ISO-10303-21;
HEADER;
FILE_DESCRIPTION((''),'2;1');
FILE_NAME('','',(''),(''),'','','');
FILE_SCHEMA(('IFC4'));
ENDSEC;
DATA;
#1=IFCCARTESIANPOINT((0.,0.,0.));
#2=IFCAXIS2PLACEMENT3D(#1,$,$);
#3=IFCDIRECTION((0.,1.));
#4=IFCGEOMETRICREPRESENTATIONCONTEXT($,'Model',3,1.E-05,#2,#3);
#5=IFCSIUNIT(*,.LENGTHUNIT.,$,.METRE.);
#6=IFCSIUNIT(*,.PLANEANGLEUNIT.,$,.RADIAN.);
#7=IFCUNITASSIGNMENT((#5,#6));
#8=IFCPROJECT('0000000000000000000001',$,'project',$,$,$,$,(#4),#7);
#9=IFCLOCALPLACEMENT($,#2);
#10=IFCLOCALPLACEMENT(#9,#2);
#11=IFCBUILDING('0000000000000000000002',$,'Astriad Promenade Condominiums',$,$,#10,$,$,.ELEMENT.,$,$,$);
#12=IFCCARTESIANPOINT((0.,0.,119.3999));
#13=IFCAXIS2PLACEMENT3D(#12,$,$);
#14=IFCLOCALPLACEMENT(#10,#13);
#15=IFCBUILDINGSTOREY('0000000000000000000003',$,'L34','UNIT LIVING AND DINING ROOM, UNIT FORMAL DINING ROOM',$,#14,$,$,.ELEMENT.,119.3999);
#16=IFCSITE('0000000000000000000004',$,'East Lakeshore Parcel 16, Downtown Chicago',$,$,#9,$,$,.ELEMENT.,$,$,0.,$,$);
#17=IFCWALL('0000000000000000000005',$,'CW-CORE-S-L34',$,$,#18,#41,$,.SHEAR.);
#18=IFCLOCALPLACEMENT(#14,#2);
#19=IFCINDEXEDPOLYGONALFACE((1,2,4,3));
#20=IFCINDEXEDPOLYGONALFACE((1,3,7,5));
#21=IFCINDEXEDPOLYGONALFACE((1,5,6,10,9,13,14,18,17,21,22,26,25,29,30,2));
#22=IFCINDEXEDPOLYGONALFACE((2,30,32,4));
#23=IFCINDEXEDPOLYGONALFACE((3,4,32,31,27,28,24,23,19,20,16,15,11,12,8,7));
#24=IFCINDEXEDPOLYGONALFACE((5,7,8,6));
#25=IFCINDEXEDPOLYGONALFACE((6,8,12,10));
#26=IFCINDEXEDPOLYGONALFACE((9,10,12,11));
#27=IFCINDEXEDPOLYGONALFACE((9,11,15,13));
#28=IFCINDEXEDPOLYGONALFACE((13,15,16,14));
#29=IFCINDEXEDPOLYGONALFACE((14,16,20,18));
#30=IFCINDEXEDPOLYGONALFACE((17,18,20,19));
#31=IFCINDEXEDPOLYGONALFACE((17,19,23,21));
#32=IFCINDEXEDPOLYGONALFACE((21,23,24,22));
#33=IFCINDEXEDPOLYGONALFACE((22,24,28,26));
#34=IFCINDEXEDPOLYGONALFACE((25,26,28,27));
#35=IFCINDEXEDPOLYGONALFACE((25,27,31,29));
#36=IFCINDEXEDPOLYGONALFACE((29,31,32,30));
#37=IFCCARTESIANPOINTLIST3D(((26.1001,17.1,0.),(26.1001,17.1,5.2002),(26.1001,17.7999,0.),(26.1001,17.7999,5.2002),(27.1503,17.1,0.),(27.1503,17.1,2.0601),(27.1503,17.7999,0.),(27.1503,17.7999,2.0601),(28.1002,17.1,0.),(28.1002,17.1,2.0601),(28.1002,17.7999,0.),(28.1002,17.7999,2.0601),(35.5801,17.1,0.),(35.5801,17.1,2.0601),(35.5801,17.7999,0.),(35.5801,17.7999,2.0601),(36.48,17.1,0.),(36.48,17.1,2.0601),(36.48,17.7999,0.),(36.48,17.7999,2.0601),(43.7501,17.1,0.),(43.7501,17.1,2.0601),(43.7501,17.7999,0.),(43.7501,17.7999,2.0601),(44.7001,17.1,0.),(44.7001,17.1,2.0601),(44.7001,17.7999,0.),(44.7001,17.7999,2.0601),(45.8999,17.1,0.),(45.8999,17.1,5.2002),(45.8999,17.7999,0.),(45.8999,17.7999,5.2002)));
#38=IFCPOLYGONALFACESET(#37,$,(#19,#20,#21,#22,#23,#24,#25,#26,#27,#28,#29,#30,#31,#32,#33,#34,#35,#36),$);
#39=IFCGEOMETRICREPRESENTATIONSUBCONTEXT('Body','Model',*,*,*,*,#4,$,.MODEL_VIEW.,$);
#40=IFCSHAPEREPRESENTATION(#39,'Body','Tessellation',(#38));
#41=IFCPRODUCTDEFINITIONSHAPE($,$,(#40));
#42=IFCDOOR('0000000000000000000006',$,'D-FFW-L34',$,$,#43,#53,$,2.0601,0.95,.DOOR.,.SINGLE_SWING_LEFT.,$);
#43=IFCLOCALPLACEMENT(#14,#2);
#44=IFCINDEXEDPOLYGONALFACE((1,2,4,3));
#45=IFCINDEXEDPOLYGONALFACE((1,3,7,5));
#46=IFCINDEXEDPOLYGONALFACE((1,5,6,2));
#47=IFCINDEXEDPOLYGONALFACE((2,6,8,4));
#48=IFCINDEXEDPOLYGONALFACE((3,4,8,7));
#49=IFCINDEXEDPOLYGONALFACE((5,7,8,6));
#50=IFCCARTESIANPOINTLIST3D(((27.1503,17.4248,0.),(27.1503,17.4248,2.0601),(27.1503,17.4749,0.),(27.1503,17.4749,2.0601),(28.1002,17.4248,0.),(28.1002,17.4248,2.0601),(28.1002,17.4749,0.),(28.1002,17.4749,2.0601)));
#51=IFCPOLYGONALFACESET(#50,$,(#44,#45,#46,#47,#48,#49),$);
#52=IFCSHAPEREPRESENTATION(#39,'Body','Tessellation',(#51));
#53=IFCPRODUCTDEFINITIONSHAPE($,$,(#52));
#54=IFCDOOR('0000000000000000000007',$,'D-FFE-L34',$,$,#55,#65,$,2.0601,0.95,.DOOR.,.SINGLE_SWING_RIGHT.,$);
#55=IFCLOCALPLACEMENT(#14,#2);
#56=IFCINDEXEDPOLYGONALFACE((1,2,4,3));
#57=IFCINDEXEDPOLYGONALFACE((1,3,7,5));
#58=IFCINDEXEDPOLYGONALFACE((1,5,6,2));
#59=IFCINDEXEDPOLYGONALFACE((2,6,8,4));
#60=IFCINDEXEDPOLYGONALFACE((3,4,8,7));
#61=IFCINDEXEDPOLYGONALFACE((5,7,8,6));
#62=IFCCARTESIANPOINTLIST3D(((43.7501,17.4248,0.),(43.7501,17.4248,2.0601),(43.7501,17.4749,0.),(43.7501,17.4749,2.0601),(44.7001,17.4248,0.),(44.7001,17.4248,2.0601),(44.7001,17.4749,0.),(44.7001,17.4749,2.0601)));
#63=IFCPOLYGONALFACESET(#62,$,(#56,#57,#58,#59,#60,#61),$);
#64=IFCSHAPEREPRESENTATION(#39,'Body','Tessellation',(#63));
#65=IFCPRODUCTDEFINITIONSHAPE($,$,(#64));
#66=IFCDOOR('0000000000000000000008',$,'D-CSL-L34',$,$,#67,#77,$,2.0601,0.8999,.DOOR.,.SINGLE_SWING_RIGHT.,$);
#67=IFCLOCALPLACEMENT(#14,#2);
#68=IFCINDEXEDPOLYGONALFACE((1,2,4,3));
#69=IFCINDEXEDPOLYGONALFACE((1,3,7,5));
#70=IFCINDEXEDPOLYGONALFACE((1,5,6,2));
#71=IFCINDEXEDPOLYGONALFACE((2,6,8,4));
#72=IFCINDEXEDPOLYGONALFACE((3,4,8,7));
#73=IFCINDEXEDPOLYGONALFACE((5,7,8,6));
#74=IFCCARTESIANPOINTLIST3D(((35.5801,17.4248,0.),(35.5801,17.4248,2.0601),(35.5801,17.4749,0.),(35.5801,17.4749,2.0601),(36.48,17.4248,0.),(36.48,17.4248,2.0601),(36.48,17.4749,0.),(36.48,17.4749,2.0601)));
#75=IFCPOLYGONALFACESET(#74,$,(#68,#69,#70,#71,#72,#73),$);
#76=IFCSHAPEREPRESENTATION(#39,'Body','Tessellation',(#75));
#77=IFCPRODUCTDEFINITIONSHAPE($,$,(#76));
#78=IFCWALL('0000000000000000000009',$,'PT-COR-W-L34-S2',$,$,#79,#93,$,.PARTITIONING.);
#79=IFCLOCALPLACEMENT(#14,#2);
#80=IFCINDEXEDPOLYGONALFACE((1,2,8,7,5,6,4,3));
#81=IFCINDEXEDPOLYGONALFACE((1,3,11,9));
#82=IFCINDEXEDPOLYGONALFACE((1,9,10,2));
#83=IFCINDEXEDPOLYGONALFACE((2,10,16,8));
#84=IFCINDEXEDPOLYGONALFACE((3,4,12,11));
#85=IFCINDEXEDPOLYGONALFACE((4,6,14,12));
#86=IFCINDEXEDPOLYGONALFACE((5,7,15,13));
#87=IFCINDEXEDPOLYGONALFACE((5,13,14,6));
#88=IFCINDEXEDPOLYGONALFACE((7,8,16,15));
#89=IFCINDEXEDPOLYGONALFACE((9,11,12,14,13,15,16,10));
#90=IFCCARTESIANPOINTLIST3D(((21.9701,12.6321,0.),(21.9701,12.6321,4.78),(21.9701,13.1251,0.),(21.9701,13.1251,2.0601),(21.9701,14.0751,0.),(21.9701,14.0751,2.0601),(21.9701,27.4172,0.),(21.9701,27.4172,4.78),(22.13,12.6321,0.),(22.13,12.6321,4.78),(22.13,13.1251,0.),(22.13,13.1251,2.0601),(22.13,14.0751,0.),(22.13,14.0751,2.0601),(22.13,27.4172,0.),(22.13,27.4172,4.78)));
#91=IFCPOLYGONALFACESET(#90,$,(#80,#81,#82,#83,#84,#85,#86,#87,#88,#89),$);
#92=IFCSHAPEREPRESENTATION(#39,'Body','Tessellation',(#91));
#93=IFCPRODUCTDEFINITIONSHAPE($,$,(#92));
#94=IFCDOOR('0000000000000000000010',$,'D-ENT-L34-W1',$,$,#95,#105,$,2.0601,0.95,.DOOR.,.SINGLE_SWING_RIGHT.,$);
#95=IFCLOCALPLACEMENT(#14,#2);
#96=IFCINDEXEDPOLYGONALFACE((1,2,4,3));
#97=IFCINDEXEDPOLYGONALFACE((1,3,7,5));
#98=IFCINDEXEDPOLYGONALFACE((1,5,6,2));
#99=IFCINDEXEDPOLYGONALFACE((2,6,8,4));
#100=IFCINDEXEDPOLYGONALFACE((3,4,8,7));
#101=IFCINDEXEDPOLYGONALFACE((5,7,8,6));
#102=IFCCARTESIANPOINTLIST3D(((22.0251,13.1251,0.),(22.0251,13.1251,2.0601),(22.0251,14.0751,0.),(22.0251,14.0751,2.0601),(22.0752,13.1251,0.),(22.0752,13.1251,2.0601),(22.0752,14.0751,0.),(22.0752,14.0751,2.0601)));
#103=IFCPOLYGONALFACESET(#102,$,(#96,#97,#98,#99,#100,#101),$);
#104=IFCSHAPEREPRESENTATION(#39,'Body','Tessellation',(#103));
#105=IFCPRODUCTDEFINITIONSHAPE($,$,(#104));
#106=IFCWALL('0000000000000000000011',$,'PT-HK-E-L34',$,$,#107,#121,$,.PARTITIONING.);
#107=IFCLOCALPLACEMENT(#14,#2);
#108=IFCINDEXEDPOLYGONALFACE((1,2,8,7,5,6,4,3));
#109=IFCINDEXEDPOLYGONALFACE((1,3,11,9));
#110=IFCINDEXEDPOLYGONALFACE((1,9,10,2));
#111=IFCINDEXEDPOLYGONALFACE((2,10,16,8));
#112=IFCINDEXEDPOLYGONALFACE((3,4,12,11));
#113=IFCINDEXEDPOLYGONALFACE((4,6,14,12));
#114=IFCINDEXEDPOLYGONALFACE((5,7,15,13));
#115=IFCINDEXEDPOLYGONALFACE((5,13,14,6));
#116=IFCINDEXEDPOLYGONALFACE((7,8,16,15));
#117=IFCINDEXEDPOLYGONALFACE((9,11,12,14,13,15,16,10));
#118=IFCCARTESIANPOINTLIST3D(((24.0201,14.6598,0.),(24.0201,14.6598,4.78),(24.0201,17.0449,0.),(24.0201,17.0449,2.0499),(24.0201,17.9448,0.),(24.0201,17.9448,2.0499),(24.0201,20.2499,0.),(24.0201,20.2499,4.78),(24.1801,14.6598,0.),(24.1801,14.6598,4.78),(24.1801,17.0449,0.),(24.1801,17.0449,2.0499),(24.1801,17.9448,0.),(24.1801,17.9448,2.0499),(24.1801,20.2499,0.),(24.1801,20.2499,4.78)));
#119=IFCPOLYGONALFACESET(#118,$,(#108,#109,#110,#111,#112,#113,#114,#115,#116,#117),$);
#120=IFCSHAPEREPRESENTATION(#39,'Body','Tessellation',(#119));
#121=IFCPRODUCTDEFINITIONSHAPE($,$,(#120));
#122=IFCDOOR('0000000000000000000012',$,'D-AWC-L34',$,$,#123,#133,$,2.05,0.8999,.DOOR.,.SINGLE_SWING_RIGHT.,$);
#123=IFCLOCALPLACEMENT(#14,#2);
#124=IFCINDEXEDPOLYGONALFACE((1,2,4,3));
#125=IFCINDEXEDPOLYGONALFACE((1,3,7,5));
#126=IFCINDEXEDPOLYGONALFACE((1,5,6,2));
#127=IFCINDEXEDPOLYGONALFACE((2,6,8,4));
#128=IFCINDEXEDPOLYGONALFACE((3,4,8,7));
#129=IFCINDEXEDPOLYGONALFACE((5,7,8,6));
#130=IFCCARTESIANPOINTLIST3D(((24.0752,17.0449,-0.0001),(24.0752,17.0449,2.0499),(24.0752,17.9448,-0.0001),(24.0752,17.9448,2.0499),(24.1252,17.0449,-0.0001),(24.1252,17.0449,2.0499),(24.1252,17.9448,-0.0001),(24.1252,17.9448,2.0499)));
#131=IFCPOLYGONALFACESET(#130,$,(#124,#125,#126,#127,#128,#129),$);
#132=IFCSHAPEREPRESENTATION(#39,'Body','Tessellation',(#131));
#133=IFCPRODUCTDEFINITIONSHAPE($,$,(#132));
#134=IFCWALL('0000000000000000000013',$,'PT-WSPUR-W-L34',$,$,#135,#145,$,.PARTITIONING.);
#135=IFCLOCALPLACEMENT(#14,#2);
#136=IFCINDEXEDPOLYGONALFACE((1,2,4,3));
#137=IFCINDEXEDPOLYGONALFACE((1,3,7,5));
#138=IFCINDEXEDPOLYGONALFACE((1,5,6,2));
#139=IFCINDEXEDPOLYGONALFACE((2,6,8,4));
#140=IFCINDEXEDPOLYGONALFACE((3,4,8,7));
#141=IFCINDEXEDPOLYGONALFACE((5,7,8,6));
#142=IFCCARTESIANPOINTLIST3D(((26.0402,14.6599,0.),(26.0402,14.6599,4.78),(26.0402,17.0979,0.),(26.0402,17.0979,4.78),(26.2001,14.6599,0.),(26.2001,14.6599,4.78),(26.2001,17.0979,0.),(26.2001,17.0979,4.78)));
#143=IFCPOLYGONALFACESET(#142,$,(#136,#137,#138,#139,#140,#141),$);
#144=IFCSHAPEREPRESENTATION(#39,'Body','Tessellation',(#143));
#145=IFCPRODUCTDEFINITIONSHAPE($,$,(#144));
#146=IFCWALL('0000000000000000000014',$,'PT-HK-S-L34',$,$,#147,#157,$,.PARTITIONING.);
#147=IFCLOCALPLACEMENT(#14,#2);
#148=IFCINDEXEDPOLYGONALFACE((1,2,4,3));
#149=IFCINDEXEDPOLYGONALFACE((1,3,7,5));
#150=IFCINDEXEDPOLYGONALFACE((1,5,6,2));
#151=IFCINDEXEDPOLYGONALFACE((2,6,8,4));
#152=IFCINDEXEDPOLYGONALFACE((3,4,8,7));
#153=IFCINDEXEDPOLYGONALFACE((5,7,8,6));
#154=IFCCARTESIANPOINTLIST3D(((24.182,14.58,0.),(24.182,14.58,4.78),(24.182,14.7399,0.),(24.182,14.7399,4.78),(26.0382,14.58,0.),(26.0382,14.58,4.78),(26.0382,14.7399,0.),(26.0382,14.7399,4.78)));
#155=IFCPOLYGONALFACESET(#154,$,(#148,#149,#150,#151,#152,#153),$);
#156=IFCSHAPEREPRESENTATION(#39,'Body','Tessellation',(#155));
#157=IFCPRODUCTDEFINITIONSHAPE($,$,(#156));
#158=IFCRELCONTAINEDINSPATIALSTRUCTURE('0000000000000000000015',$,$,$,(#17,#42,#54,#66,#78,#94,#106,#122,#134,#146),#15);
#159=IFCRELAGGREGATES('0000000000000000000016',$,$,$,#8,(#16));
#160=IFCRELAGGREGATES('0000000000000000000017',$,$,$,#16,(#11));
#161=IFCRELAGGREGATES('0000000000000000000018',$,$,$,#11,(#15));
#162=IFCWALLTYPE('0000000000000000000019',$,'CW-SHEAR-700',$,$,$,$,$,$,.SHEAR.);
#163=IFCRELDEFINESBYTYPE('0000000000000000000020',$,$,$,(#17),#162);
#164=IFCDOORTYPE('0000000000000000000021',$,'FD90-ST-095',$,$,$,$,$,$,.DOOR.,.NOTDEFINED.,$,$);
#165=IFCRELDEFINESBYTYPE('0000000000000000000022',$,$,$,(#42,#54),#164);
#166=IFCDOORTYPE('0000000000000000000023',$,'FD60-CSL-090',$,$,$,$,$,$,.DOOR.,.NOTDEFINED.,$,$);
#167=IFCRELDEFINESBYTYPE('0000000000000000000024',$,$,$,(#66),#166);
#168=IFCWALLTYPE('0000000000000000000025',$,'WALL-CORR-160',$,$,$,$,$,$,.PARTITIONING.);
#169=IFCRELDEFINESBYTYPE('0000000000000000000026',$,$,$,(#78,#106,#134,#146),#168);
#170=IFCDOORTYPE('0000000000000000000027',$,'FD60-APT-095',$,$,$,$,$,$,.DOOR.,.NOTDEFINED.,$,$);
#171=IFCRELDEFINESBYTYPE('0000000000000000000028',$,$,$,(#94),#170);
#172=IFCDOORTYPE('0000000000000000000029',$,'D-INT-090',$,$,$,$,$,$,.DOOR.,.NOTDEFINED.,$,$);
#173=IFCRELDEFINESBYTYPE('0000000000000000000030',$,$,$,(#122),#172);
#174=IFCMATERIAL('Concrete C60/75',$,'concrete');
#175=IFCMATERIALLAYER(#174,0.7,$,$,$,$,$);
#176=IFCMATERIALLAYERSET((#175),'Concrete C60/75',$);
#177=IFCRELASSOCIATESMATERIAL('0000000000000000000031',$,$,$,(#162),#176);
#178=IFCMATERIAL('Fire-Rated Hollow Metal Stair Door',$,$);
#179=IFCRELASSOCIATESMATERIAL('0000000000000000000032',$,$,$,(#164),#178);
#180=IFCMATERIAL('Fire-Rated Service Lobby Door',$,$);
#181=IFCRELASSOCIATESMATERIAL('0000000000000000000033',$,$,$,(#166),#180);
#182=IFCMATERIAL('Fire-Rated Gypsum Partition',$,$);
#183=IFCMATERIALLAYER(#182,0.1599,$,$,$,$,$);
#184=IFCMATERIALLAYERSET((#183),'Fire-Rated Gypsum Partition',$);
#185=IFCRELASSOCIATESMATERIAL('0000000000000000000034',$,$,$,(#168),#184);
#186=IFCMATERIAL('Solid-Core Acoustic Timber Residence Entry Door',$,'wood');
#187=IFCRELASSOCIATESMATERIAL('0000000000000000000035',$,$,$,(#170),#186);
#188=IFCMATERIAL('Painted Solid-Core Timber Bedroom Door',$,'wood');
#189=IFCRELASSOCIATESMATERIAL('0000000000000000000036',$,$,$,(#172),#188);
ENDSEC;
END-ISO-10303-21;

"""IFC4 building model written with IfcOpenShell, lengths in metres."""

from ifc_helpers import new_model, si_unit, direction, frame, frame_2d, origin, place, context, subcontext, project, spatial, rectangle, extrude, source, transform, mapped, material, layer, layer_set, type_object, type_shapes, element, fill, save


model = new_model("IFC4")

# Units and contexts
model_context = context("Model", 3, precision=1e-05, world=origin(), true_north=direction((0.0, 1.0)))
body_context = subcontext(model_context, "Body", "Model", "MODEL_VIEW")
ifc_project = project(units=[si_unit("LENGTHUNIT", "METRE"), si_unit("PLANEANGLEUNIT", "RADIAN")], contexts=[model_context])

# Site, building, storey
site_placement = place(None, origin())
site = spatial("IfcSite", under=ifc_project, at=site_placement, Name="East Lakeshore Parcel 16, Downtown Chicago", CompositionType="ELEMENT", RefElevation=0.0)
building_placement = place(site_placement, origin())
building = spatial("IfcBuilding", under=site, at=building_placement, Name="Astriad Promenade Condominiums", CompositionType="ELEMENT")
storey_placement = place(building_placement, frame((0.0, 0.0, 119.3999)))
storey = spatial("IfcBuildingStorey", under=building, at=storey_placement, Name="L34", Description="UNIT LIVING AND DINING ROOM, UNIT FORMAL DINING ROOM", CompositionType="ELEMENT", Elevation=119.3999)

# Wall, openings, doors
ifc_material_1 = material(Name="Concrete C60/75", Category="concrete")
ifc_layer_1 = layer(ifc_material_1, 0.7)
ifc_layer_set_1 = layer_set([ifc_layer_1], Name="Concrete C60/75")
wall_type_1 = type_object("IfcWallType", Name="CW-SHEAR-700", PredefinedType="SHEAR", material=ifc_layer_set_1)
wall_1_placement = place(storey_placement, frame((26.1001, 17.45, 0.0), z_axis=(0.0, 0.0, 1.0), x_axis=(1.0, 0.0, 0.0)))
wall_1 = element("IfcWall", 1, at=wall_1_placement, inside=storey, type_object=wall_type_1, Name="CW-CORE-S-L34", PredefinedType="SHEAR", context=body_context, shape_type="SweptSolid", body=[
    extrude(rectangle(XDim=19.7998, YDim=0.7, at=frame_2d((9.8999, 0.0))), origin(), (0.0, 0.0, 1.0), 5.2002),
])
opening_1_placement = place(wall_1_placement, frame((1.05, 0.0, 0.0)))
opening_1 = element("IfcOpeningElement", 2, at=opening_1_placement, cuts=wall_1, PredefinedType="OPENING", context=body_context, shape_type="SweptSolid", body=[
    extrude(rectangle(XDim=0.95, YDim=2.0601, at=frame_2d((0.4751, 1.03))), frame((0.0, 0.3599, 0.0), z_axis=(0.0, -1.0, 0.0), x_axis=(1.0, 0.0, 0.0)), (0.0, 0.0, 1.0), 0.72),
])
opening_2_placement = place(wall_1_placement, frame((9.48, 0.0, 0.0)))
opening_2 = element("IfcOpeningElement", 3, at=opening_2_placement, cuts=wall_1, PredefinedType="OPENING", context=body_context, shape_type="SweptSolid", body=[
    extrude(rectangle(XDim=0.8999, YDim=2.0601, at=frame_2d((0.45, 1.03))), frame((0.0, 0.3599, 0.0), z_axis=(0.0, -1.0, 0.0), x_axis=(1.0, 0.0, 0.0)), (0.0, 0.0, 1.0), 0.72),
])
opening_3_placement = place(wall_1_placement, frame((17.6499, 0.0, 0.0)))
opening_3 = element("IfcOpeningElement", 4, at=opening_3_placement, cuts=wall_1, PredefinedType="OPENING", context=body_context, shape_type="SweptSolid", body=[
    extrude(rectangle(XDim=0.95, YDim=2.0601, at=frame_2d((0.4751, 1.03))), frame((0.0, 0.3599, 0.0), z_axis=(0.0, -1.0, 0.0), x_axis=(1.0, 0.0, 0.0)), (0.0, 0.0, 1.0), 0.72),
])
ifc_material_2 = material(Name="Fire-Rated Hollow Metal Stair Door")
door_type_1 = type_object("IfcDoorType", Name="FD90-ST-095", OperationType="NOTDEFINED", PredefinedType="DOOR", material=ifc_material_2)
shared_shape_1 = source(origin(), body_context, "Body", "SweptSolid", [
    extrude(rectangle(XDim=0.95, YDim=2.0601, at=frame_2d((0.4751, 1.03))), frame((0.0, 0.0249, 0.0), z_axis=(0.0, -1.0, 0.0), x_axis=(1.0, 0.0, 0.0)), (0.0, 0.0, 1.0), 0.05),
])
type_shapes(door_type_1, [shared_shape_1])
door_1_placement = place(opening_1_placement, origin())
door_1 = element("IfcDoor", 5, at=door_1_placement, inside=storey, type_object=door_type_1, Name="D-FFW-L34", OperationType="SINGLE_SWING_LEFT", OverallHeight=2.0601, OverallWidth=0.95, PredefinedType="DOOR", context=body_context, shape_type="MappedRepresentation", body=[
    mapped(shared_shape_1, transform((0.0, 0.0, 0.0), scale=1.0)),
])
fill(opening_1, door_1)
door_2_placement = place(opening_3_placement, origin())
door_2 = element("IfcDoor", 6, at=door_2_placement, inside=storey, type_object=door_type_1, Name="D-FFE-L34", OperationType="SINGLE_SWING_RIGHT", OverallHeight=2.0601, OverallWidth=0.95, PredefinedType="DOOR", context=body_context, shape_type="MappedRepresentation", body=[
    mapped(shared_shape_1, transform((0.0, 0.0, 0.0), scale=1.0)),
])
fill(opening_3, door_2)
ifc_material_3 = material(Name="Fire-Rated Service Lobby Door")
door_type_2 = type_object("IfcDoorType", Name="FD60-CSL-090", OperationType="NOTDEFINED", PredefinedType="DOOR", material=ifc_material_3)
shared_shape_2 = source(origin(), body_context, "Body", "SweptSolid", [
    extrude(rectangle(XDim=0.8999, YDim=2.0601, at=frame_2d((0.45, 1.03))), frame((0.0, 0.0249, 0.0), z_axis=(0.0, -1.0, 0.0), x_axis=(1.0, 0.0, 0.0)), (0.0, 0.0, 1.0), 0.05),
])
type_shapes(door_type_2, [shared_shape_2])
door_3_placement = place(opening_2_placement, origin())
door_3 = element("IfcDoor", 7, at=door_3_placement, inside=storey, type_object=door_type_2, Name="D-CSL-L34", OperationType="SINGLE_SWING_RIGHT", OverallHeight=2.0601, OverallWidth=0.8999, PredefinedType="DOOR", context=body_context, shape_type="MappedRepresentation", body=[
    mapped(shared_shape_2, transform((0.0, 0.0, 0.0), scale=1.0)),
])
fill(opening_2, door_3)

# Walls, openings, doors
ifc_material_4 = material(Name="Fire-Rated Gypsum Partition")
ifc_layer_2 = layer(ifc_material_4, 0.1599)
ifc_layer_set_2 = layer_set([ifc_layer_2], Name="Fire-Rated Gypsum Partition")
wall_type_2 = type_object("IfcWallType", Name="WALL-CORR-160", PredefinedType="PARTITIONING", material=ifc_layer_set_2)
wall_2_placement = place(storey_placement, frame((22.05, 12.6321, 0.0), z_axis=(0.0, 0.0, 1.0), x_axis=(0.0, 1.0, 0.0)))
wall_2 = element("IfcWall", 8, at=wall_2_placement, inside=storey, type_object=wall_type_2, Name="PT-COR-W-L34-S2", PredefinedType="PARTITIONING", context=body_context, shape_type="SweptSolid", body=[
    extrude(rectangle(XDim=14.7852, YDim=0.1599, at=frame_2d((7.3926, 0.0))), origin(), (0.0, 0.0, 1.0), 4.78),
])
opening_4_placement = place(wall_2_placement, frame((0.4929, 0.0, 0.0)))
opening_4 = element("IfcOpeningElement", 9, at=opening_4_placement, cuts=wall_2, PredefinedType="OPENING", context=body_context, shape_type="SweptSolid", body=[
    extrude(rectangle(XDim=0.95, YDim=2.0601, at=frame_2d((0.4751, 1.03))), frame((0.0, 0.0898, 0.0), z_axis=(0.0, -1.0, 0.0), x_axis=(1.0, 0.0, 0.0)), (0.0, 0.0, 1.0), 0.1799),
])
ifc_material_5 = material(Name="Solid-Core Acoustic Timber Residence Entry Door", Category="wood")
door_type_3 = type_object("IfcDoorType", Name="FD60-APT-095", OperationType="NOTDEFINED", PredefinedType="DOOR", material=ifc_material_5)
shared_shape_3 = source(origin(), body_context, "Body", "SweptSolid", [
    extrude(rectangle(XDim=0.95, YDim=2.0601, at=frame_2d((0.4751, 1.03))), frame((0.0, 0.0249, 0.0), z_axis=(0.0, -1.0, 0.0), x_axis=(1.0, 0.0, 0.0)), (0.0, 0.0, 1.0), 0.05),
])
type_shapes(door_type_3, [shared_shape_3])
door_4_placement = place(opening_4_placement, origin())
door_4 = element("IfcDoor", 10, at=door_4_placement, inside=storey, type_object=door_type_3, Name="D-ENT-L34-W1", OperationType="SINGLE_SWING_RIGHT", OverallHeight=2.0601, OverallWidth=0.95, PredefinedType="DOOR", context=body_context, shape_type="MappedRepresentation", body=[
    mapped(shared_shape_3, transform((0.0, 0.0, 0.0), scale=1.0)),
])
fill(opening_4, door_4)
wall_3_placement = place(storey_placement, frame((24.1001, 14.6599, 0.0), z_axis=(0.0, 0.0, 1.0), x_axis=(0.0, 1.0, 0.0)))
wall_3 = element("IfcWall", 11, at=wall_3_placement, inside=storey, type_object=wall_type_2, Name="PT-HK-E-L34", PredefinedType="PARTITIONING", context=body_context, shape_type="SweptSolid", body=[
    extrude(rectangle(XDim=5.5901, YDim=0.1599, at=frame_2d((2.7949, 0.0))), origin(), (0.0, 0.0, 1.0), 4.78),
])
opening_5_placement = place(wall_3_placement, frame((2.385, 0.0, 0.0)))
opening_5 = element("IfcOpeningElement", 12, at=opening_5_placement, cuts=wall_3, PredefinedType="OPENING", context=body_context, shape_type="SweptSolid", body=[
    extrude(rectangle(XDim=0.8999, YDim=2.05, at=frame_2d((0.45, 1.0249))), frame((0.0, 0.0898, 0.0), z_axis=(0.0, -1.0, 0.0), x_axis=(1.0, 0.0, 0.0)), (0.0, 0.0, 1.0), 0.1799),
])
ifc_material_6 = material(Name="Painted Solid-Core Timber Bedroom Door", Category="wood")
door_type_4 = type_object("IfcDoorType", Name="D-INT-090", OperationType="NOTDEFINED", PredefinedType="DOOR", material=ifc_material_6)
shared_shape_4 = source(origin(), body_context, "Body", "SweptSolid", [
    extrude(rectangle(XDim=0.8999, YDim=2.05, at=frame_2d((0.45, 1.0249))), frame((0.0, 0.0249, 0.0), z_axis=(0.0, -1.0, 0.0), x_axis=(1.0, 0.0, 0.0)), (0.0, 0.0, 1.0), 0.05),
])
type_shapes(door_type_4, [shared_shape_4])
door_5_placement = place(opening_5_placement, origin())
door_5 = element("IfcDoor", 13, at=door_5_placement, inside=storey, type_object=door_type_4, Name="D-AWC-L34", OperationType="SINGLE_SWING_RIGHT", OverallHeight=2.05, OverallWidth=0.8999, PredefinedType="DOOR", context=body_context, shape_type="MappedRepresentation", body=[
    mapped(shared_shape_4, transform((0.0, 0.0, 0.0), scale=1.0)),
])
fill(opening_5, door_5)

# Walls
wall_4_placement = place(storey_placement, frame((26.1201, 14.6599, 0.0), z_axis=(0.0, 0.0, 1.0), x_axis=(0.0, 1.0, 0.0)))
element("IfcWall", 14, at=wall_4_placement, inside=storey, type_object=wall_type_2, Name="PT-WSPUR-W-L34", PredefinedType="PARTITIONING", context=body_context, shape_type="SweptSolid", body=[
    extrude(rectangle(XDim=2.438, YDim=0.1599, at=frame_2d((1.219, 0.0))), origin(), (0.0, 0.0, 1.0), 4.78),
])
wall_5_placement = place(storey_placement, frame((24.1819, 14.6599, 0.0), z_axis=(0.0, 0.0, 1.0), x_axis=(1.0, 0.0, 0.0)))
element("IfcWall", 15, at=wall_5_placement, inside=storey, type_object=wall_type_2, Name="PT-HK-S-L34", PredefinedType="PARTITIONING", context=body_context, shape_type="SweptSolid", body=[
    extrude(rectangle(XDim=1.8562, YDim=0.1599, at=frame_2d((0.9282, 0.0))), origin(), (0.0, 0.0, 1.0), 4.78),
])

save(model, "model.ifc")
